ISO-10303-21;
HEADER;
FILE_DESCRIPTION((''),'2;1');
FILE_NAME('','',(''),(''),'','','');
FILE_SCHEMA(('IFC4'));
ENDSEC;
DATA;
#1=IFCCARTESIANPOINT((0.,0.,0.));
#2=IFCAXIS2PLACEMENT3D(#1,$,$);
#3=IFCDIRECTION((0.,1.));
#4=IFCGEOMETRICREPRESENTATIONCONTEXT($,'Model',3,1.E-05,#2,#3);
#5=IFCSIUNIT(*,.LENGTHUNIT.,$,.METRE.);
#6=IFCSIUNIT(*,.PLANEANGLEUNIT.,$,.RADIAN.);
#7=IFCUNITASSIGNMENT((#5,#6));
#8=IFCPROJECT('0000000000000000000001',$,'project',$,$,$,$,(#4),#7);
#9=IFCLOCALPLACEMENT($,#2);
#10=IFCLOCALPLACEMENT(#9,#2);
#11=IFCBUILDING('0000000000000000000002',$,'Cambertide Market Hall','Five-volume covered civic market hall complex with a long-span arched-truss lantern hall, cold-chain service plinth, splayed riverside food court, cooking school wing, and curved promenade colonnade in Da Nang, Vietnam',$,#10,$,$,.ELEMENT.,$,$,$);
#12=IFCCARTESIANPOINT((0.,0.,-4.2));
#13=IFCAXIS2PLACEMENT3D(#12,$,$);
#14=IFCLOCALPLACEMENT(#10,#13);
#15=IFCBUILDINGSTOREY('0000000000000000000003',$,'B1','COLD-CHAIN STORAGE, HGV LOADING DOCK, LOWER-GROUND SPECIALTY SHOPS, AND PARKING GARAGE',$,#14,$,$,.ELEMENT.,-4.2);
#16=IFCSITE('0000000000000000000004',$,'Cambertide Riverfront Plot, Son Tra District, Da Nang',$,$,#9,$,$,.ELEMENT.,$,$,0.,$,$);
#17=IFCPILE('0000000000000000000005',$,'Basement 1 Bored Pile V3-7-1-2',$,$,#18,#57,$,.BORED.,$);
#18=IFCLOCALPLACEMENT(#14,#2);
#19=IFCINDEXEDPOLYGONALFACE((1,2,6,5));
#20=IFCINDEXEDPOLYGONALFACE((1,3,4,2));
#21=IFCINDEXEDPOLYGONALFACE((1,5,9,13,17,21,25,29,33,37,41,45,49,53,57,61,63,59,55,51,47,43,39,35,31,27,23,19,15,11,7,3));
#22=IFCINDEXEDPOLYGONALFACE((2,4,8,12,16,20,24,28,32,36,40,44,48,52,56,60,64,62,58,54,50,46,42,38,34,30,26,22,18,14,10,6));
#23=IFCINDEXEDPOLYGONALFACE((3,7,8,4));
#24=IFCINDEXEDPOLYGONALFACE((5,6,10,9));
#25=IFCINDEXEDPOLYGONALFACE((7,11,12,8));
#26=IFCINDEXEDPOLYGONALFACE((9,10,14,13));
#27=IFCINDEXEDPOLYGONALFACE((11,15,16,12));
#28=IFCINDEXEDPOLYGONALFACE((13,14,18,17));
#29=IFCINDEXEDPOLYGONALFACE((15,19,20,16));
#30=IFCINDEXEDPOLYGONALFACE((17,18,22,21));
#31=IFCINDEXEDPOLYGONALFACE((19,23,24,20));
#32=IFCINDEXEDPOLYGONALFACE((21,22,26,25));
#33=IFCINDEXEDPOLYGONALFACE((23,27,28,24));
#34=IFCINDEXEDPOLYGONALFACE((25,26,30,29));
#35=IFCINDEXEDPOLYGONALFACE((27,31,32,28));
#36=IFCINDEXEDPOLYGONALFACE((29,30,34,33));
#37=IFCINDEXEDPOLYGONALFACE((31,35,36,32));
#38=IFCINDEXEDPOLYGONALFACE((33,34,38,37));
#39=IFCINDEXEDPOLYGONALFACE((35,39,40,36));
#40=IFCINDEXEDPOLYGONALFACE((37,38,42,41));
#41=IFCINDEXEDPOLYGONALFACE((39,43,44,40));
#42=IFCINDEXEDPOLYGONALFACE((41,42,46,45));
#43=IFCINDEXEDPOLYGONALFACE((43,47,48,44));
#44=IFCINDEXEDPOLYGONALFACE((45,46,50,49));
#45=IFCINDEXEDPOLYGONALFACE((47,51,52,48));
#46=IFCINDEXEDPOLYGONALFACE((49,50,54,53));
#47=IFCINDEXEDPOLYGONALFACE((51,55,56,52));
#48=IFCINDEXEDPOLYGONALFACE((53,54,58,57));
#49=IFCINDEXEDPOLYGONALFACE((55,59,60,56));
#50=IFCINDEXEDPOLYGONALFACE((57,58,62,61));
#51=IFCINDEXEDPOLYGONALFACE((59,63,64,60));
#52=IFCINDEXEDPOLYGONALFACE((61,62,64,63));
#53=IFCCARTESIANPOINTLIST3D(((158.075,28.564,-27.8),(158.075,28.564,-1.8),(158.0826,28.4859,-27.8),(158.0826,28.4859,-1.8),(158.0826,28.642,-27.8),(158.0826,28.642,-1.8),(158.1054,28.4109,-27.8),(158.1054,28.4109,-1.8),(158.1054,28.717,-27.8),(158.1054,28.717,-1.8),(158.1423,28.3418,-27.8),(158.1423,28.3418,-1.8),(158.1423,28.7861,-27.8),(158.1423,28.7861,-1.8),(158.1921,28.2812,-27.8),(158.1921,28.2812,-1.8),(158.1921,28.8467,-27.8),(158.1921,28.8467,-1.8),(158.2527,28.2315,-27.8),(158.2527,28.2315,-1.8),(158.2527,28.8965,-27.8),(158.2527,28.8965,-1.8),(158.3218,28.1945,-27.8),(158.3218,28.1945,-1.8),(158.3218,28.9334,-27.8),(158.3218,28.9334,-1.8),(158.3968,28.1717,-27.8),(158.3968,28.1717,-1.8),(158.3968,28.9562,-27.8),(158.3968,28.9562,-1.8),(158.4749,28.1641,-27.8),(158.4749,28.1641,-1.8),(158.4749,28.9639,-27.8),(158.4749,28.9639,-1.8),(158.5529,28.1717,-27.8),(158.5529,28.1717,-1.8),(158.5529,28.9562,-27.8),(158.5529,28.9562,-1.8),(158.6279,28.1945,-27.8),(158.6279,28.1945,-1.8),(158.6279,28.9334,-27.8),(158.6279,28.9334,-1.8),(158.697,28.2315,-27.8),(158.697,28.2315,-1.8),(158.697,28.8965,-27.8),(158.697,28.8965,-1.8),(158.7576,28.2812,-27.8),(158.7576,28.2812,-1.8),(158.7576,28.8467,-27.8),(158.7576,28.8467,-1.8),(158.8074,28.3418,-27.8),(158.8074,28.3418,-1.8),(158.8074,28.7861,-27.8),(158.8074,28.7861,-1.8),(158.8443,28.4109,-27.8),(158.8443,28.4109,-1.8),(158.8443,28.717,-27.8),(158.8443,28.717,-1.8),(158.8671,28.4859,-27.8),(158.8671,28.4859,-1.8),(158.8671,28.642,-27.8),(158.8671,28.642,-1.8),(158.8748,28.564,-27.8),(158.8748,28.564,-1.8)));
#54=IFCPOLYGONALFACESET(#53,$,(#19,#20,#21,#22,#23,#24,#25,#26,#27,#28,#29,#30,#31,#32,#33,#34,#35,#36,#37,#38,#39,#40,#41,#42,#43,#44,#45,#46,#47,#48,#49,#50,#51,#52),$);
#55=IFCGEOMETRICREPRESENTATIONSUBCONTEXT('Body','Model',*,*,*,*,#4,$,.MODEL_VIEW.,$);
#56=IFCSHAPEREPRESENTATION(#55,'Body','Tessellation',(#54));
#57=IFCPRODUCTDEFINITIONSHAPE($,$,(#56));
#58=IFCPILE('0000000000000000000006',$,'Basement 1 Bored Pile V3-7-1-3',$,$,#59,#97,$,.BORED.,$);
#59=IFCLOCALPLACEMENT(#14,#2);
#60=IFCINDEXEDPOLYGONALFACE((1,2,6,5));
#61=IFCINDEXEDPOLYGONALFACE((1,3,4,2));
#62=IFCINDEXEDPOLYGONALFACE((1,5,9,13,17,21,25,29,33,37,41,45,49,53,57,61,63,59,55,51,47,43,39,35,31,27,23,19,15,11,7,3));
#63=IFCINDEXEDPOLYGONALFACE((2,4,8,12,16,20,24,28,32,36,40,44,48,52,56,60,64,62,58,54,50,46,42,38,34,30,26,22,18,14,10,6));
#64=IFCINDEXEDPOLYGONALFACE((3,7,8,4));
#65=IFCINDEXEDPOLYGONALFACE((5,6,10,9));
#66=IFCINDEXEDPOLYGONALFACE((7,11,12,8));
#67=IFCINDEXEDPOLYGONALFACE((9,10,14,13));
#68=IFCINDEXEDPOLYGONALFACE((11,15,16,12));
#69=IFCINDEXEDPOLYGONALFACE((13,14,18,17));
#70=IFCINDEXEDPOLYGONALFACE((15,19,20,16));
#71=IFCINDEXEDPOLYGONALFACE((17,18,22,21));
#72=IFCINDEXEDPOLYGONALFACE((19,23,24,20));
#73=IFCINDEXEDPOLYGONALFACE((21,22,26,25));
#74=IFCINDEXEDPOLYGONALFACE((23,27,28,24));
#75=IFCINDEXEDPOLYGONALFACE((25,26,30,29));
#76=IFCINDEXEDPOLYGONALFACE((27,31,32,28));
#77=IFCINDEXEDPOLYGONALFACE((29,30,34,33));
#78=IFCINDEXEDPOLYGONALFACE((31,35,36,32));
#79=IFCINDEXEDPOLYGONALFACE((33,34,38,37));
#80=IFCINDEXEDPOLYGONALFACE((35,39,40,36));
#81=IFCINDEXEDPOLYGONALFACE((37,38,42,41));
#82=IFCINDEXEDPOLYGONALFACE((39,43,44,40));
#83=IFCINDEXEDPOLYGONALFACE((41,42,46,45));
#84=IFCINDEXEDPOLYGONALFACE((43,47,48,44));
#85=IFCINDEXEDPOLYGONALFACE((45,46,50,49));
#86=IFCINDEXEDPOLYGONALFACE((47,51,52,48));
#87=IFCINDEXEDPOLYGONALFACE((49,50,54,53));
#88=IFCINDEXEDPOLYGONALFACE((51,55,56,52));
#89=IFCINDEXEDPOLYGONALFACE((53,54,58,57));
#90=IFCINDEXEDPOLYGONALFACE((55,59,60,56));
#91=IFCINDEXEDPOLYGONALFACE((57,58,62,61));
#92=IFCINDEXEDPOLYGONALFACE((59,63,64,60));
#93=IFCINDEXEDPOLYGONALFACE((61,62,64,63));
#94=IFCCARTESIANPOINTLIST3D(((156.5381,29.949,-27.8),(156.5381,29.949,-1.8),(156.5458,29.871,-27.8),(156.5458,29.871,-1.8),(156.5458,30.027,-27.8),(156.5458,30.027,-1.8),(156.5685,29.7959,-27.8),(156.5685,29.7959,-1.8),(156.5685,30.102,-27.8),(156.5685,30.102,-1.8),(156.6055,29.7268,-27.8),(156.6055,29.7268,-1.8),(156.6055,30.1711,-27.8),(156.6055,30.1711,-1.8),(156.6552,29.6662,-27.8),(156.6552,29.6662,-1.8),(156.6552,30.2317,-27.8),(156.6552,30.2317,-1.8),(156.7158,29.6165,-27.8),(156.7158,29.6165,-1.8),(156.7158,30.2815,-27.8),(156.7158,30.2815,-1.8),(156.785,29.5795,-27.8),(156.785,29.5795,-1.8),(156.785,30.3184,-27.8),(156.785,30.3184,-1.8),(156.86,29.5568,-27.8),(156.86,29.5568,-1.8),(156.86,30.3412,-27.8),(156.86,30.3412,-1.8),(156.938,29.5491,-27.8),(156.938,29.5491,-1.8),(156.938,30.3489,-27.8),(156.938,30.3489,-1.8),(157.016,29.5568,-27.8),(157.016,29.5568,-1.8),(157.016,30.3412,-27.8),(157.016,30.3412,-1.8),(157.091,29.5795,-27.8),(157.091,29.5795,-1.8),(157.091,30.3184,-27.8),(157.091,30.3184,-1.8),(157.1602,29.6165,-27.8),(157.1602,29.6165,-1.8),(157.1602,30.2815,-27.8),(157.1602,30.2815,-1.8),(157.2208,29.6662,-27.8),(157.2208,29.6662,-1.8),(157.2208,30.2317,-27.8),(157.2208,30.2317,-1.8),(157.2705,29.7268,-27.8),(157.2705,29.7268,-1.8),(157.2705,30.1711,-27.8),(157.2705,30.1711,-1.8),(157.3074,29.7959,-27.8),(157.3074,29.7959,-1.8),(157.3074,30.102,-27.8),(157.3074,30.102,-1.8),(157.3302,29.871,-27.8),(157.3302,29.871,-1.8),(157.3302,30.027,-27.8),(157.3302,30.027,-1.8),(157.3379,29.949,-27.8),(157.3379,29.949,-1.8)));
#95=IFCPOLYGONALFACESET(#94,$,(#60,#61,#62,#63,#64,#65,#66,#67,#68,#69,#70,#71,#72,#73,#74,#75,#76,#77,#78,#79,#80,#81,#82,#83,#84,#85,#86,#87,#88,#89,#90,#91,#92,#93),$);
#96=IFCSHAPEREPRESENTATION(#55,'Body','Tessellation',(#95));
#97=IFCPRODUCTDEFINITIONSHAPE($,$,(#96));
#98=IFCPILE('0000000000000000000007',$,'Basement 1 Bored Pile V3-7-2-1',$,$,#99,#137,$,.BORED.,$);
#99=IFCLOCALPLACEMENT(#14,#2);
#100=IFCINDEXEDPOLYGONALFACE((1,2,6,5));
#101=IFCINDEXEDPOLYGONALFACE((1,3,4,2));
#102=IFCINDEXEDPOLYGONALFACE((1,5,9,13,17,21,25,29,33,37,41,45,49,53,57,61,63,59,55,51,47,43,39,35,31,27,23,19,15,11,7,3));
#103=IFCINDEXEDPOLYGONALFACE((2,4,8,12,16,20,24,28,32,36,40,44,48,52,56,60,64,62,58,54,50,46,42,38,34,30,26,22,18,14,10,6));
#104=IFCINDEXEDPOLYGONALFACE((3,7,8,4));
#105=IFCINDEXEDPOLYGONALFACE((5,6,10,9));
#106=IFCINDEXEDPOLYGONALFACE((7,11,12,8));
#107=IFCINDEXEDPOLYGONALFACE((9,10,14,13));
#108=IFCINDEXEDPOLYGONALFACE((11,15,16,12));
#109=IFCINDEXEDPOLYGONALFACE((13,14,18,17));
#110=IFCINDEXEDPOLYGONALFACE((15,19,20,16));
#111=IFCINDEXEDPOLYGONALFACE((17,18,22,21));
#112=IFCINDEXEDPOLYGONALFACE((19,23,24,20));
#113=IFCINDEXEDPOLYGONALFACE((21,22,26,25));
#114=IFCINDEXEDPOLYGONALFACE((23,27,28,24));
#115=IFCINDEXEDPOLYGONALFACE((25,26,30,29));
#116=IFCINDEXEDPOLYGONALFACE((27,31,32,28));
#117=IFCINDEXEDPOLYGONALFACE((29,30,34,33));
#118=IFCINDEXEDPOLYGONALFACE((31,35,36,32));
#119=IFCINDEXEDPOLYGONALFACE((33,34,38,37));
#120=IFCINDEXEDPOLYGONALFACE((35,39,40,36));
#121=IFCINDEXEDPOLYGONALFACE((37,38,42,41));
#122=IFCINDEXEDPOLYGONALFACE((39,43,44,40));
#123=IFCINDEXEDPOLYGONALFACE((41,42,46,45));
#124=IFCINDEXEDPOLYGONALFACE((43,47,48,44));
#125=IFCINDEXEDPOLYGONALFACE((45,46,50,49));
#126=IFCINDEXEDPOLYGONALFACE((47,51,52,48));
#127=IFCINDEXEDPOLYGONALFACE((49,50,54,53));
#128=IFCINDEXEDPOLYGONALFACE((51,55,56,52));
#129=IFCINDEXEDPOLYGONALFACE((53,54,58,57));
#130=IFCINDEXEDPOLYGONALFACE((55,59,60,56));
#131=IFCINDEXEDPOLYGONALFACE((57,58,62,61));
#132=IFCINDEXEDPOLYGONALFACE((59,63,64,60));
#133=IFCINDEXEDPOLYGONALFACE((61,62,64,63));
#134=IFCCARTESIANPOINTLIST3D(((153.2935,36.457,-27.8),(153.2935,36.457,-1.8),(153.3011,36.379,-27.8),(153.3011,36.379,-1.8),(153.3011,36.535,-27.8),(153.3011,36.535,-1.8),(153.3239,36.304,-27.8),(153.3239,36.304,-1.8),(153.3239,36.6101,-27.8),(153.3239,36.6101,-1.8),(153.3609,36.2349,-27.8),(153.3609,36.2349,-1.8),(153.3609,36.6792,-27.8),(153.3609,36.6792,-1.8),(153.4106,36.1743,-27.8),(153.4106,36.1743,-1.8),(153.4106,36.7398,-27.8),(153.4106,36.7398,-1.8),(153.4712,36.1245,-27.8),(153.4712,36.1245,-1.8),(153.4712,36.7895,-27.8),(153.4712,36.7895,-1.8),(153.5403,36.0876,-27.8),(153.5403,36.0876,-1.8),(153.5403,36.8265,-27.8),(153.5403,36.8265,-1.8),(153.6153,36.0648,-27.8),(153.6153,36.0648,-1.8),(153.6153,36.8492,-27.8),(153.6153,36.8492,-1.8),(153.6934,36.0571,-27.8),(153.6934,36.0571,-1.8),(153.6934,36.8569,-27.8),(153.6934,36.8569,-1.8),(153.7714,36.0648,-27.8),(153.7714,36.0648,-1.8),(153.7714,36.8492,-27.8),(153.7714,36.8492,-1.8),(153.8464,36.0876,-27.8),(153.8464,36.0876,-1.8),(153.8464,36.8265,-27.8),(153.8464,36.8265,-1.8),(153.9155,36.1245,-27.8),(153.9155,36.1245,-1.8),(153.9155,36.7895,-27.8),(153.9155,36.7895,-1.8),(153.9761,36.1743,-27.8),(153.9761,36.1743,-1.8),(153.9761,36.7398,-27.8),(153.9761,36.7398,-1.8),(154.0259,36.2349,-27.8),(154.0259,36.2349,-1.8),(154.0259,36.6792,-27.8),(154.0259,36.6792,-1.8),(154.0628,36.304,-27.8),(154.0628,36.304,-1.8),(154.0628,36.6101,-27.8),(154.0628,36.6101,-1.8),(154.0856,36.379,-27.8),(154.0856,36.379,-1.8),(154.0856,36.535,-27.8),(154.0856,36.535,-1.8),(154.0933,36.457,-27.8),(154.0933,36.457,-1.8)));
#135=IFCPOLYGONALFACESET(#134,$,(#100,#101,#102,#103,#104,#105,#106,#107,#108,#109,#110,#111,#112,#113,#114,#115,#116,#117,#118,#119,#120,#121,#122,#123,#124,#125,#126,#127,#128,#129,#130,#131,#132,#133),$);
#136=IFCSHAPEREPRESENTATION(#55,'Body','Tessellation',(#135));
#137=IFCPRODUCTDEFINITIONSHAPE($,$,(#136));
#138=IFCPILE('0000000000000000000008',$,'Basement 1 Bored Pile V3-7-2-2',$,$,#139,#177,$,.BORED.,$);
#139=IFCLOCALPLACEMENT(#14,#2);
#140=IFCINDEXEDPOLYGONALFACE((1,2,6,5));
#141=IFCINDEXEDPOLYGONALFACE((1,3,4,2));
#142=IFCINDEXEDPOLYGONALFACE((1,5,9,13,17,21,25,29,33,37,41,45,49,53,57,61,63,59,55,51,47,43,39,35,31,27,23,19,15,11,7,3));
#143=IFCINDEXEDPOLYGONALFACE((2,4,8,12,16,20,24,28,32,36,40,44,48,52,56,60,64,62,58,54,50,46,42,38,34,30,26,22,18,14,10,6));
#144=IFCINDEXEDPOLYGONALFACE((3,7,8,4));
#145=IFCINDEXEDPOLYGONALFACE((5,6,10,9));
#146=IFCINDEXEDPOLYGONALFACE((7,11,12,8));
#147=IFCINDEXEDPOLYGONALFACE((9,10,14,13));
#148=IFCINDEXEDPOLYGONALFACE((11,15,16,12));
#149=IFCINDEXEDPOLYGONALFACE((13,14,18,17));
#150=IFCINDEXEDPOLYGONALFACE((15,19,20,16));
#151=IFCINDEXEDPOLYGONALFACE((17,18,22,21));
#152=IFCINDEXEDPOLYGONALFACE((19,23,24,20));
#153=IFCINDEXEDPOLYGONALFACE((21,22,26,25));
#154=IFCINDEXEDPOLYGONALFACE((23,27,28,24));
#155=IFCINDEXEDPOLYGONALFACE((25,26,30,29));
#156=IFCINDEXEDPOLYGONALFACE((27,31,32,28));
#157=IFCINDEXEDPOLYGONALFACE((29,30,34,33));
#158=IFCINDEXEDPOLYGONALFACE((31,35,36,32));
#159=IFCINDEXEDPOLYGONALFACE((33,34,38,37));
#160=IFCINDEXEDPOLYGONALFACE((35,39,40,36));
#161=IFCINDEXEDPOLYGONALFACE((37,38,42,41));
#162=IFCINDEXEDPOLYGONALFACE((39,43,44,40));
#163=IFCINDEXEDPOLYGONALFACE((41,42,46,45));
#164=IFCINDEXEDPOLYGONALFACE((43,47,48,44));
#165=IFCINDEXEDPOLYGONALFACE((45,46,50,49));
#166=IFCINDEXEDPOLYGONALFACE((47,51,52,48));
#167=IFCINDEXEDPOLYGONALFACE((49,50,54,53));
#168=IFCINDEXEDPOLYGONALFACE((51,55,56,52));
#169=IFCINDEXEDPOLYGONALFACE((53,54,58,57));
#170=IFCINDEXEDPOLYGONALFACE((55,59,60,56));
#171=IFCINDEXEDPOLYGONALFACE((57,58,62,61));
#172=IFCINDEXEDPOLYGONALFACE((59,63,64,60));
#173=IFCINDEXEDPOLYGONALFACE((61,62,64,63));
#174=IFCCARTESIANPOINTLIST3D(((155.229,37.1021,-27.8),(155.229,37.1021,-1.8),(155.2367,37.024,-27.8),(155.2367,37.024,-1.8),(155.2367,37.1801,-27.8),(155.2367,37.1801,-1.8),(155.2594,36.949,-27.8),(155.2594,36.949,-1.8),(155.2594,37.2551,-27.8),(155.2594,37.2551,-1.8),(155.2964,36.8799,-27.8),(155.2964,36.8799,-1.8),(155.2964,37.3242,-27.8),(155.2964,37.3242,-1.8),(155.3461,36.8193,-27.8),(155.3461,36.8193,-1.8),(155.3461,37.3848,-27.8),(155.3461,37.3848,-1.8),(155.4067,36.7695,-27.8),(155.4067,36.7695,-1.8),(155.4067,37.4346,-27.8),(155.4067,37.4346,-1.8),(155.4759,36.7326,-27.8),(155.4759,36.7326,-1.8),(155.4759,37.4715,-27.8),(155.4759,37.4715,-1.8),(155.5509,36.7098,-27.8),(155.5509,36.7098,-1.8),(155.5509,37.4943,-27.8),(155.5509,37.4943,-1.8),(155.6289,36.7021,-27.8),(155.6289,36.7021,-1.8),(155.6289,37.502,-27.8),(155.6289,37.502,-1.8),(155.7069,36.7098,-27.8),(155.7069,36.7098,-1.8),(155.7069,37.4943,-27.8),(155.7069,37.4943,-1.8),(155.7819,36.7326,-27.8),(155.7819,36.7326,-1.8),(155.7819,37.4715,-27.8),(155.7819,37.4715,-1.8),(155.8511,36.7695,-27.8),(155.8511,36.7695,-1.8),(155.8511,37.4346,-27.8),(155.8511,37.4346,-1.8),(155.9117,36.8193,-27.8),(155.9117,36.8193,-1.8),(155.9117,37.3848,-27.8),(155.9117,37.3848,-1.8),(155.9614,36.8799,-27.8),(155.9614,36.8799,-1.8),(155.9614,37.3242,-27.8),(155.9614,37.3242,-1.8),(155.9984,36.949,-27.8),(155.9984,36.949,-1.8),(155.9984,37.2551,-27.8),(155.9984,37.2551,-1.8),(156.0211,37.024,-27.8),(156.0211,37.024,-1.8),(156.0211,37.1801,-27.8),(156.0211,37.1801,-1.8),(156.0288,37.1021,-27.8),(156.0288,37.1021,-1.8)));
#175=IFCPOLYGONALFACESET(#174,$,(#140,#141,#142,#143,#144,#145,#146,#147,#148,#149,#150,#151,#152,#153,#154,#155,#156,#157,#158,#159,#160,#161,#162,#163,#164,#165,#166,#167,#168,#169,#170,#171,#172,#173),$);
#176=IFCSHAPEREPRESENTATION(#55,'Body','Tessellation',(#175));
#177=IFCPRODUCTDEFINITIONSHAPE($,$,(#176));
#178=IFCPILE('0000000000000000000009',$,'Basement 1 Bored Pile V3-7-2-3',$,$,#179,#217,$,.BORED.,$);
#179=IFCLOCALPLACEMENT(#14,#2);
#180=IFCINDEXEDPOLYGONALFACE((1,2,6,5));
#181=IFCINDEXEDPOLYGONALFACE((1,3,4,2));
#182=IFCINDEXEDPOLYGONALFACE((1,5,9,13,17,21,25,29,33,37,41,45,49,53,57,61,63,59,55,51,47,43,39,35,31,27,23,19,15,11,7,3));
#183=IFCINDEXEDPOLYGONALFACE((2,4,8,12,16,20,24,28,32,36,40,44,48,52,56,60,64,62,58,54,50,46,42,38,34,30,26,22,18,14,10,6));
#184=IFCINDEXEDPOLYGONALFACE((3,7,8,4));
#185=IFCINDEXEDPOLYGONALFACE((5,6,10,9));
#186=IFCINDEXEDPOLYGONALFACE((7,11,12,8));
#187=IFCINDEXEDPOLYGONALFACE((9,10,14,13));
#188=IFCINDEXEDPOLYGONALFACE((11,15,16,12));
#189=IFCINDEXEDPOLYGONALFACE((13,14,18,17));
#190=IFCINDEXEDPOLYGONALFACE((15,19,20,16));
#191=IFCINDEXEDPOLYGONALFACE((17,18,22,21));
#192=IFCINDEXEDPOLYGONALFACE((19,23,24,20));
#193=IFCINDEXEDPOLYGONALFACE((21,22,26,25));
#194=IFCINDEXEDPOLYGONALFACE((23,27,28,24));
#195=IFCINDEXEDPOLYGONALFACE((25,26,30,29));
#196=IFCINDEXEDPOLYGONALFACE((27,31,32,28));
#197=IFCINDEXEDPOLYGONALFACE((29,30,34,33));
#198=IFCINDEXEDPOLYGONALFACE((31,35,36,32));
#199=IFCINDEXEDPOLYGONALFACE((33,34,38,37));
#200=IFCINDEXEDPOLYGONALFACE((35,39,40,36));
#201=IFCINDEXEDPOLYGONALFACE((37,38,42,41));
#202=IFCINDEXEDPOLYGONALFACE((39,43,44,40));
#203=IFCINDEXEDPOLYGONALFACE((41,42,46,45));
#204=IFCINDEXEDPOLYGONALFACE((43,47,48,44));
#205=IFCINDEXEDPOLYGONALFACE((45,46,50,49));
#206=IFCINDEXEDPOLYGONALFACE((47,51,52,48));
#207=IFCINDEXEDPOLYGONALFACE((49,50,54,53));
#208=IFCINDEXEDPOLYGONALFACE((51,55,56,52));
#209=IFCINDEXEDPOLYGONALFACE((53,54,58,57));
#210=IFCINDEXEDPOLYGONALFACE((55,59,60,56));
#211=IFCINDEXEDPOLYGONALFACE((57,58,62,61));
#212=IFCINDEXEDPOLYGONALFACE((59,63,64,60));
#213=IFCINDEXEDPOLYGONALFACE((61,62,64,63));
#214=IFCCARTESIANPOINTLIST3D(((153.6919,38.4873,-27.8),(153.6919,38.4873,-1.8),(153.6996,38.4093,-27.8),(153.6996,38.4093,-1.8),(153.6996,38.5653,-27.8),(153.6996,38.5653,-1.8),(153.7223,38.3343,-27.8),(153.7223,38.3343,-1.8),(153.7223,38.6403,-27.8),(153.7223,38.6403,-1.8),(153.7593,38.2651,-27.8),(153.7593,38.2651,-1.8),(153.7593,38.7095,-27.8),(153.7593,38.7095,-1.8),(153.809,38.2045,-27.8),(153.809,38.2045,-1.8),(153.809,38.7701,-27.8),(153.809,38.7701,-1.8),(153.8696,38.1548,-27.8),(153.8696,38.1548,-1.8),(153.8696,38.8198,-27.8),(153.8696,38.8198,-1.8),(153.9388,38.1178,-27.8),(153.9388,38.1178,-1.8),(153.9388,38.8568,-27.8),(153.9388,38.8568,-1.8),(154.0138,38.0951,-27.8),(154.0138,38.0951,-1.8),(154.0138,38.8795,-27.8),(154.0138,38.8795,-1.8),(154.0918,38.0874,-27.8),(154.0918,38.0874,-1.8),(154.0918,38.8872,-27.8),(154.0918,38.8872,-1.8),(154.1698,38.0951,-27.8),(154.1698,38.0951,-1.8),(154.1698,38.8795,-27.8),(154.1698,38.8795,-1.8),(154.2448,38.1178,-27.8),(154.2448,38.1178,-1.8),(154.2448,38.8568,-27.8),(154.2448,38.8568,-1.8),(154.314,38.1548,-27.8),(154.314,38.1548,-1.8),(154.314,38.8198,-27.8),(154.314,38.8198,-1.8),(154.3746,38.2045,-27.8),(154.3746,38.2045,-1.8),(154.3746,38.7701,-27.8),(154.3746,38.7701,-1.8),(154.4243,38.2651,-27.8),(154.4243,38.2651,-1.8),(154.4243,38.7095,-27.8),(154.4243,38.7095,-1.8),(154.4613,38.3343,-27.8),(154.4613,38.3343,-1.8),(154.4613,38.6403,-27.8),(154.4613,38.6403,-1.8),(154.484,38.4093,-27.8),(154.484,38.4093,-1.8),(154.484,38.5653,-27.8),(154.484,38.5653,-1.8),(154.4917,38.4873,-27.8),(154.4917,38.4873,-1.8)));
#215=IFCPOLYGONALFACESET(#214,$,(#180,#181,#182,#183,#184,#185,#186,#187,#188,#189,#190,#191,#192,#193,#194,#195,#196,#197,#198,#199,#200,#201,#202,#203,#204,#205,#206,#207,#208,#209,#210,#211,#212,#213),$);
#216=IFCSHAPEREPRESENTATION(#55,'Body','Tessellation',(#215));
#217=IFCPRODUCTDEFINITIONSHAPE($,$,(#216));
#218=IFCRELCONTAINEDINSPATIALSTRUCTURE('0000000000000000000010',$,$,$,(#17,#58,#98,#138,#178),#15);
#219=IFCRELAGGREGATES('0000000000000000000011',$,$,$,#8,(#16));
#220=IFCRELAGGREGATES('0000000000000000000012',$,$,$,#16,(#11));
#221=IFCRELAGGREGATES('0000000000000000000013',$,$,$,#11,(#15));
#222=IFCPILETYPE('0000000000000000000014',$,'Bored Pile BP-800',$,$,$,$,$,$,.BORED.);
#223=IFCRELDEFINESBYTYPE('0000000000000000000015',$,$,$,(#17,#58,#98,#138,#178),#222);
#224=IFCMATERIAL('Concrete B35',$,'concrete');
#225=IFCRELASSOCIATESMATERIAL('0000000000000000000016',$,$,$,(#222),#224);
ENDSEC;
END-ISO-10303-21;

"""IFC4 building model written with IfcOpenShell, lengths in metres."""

from ifc_helpers import new_model, si_unit, direction, frame, origin, origin_2d, place, context, subcontext, project, spatial, circle, extrude, material, material_profile, profile_set, type_object, element, save


model = new_model("IFC4")

# Units and contexts
model_context = context("Model", 3, precision=1e-05, world=origin(), true_north=direction((0.0, 1.0)))
body_context = subcontext(model_context, "Body", "Model", "MODEL_VIEW")
ifc_project = project(units=[si_unit("LENGTHUNIT", "METRE"), si_unit("PLANEANGLEUNIT", "RADIAN")], contexts=[model_context])

# Site, building, storey
site_placement = place(None, origin())
site = spatial("IfcSite", under=ifc_project, at=site_placement, Name="Cambertide Riverfront Plot, Son Tra District, Da Nang", CompositionType="ELEMENT", RefElevation=0.0)
building_placement = place(site_placement, origin())
building = spatial("IfcBuilding", under=site, at=building_placement, Name="Cambertide Market Hall", Description="Five-volume covered civic market hall complex with a long-span arched-truss lantern hall, cold-chain service plinth, splayed riverside food court, cooking school wing, and curved promenade colonnade in Da Nang, Vietnam", CompositionType="ELEMENT")
storey_placement = place(building_placement, frame((0.0, 0.0, -4.2)))
storey = spatial("IfcBuildingStorey", under=building, at=storey_placement, Name="B1", Description="COLD-CHAIN STORAGE, HGV LOADING DOCK, LOWER-GROUND SPECIALTY SHOPS, AND PARKING GARAGE", CompositionType="ELEMENT", Elevation=-4.2)

# Piles
ifc_material_1 = material(Name="Concrete B35", Category="concrete")
ifc_material_profile_1 = material_profile(ifc_material_1, circle(Radius=0.3999, at=origin_2d()), Name="BP D800")
ifc_profile_set_1 = profile_set([ifc_material_profile_1], Name="Concrete B35")
pile_type_1 = type_object("IfcPileType", Name="Bored Pile BP-800", PredefinedType="BORED", material=ifc_profile_set_1)
for number, where, z_axis, x_axis, name in (
    (1, (158.4749, 28.564, -1.8), (0.0, 0.0, -1.0), (1.0, 0.0, 0.0), "Basement 1 Bored Pile V3-7-1-2"),
    (2, (156.938, 29.949, -1.8), (0.0, 0.0, -1.0), (1.0, 0.0, 0.0), "Basement 1 Bored Pile V3-7-1-3"),
    (3, (153.6934, 36.457, -1.8), (0.0, 0.0, -1.0), (1.0, 0.0, 0.0), "Basement 1 Bored Pile V3-7-2-1"),
    (4, (155.6289, 37.1021, -1.8), (0.0, 0.0, -1.0), (1.0, 0.0, 0.0), "Basement 1 Bored Pile V3-7-2-2"),
    (5, (154.0918, 38.4873, -1.8), (0.0, 0.0, -1.0), (1.0, 0.0, 0.0), "Basement 1 Bored Pile V3-7-2-3"),
):
    element("IfcPile", number, at=place(storey_placement, frame(where, z_axis=z_axis, x_axis=x_axis)), inside=storey, type_object=pile_type_1, Name=name, PredefinedType="BORED", context=body_context, shape_type="SweptSolid", body=[
        extrude(circle(Radius=0.3999, at=origin_2d()), origin(), (0.0, 0.0, 1.0), 26.0),
    ])

save(model, "model.ifc")
